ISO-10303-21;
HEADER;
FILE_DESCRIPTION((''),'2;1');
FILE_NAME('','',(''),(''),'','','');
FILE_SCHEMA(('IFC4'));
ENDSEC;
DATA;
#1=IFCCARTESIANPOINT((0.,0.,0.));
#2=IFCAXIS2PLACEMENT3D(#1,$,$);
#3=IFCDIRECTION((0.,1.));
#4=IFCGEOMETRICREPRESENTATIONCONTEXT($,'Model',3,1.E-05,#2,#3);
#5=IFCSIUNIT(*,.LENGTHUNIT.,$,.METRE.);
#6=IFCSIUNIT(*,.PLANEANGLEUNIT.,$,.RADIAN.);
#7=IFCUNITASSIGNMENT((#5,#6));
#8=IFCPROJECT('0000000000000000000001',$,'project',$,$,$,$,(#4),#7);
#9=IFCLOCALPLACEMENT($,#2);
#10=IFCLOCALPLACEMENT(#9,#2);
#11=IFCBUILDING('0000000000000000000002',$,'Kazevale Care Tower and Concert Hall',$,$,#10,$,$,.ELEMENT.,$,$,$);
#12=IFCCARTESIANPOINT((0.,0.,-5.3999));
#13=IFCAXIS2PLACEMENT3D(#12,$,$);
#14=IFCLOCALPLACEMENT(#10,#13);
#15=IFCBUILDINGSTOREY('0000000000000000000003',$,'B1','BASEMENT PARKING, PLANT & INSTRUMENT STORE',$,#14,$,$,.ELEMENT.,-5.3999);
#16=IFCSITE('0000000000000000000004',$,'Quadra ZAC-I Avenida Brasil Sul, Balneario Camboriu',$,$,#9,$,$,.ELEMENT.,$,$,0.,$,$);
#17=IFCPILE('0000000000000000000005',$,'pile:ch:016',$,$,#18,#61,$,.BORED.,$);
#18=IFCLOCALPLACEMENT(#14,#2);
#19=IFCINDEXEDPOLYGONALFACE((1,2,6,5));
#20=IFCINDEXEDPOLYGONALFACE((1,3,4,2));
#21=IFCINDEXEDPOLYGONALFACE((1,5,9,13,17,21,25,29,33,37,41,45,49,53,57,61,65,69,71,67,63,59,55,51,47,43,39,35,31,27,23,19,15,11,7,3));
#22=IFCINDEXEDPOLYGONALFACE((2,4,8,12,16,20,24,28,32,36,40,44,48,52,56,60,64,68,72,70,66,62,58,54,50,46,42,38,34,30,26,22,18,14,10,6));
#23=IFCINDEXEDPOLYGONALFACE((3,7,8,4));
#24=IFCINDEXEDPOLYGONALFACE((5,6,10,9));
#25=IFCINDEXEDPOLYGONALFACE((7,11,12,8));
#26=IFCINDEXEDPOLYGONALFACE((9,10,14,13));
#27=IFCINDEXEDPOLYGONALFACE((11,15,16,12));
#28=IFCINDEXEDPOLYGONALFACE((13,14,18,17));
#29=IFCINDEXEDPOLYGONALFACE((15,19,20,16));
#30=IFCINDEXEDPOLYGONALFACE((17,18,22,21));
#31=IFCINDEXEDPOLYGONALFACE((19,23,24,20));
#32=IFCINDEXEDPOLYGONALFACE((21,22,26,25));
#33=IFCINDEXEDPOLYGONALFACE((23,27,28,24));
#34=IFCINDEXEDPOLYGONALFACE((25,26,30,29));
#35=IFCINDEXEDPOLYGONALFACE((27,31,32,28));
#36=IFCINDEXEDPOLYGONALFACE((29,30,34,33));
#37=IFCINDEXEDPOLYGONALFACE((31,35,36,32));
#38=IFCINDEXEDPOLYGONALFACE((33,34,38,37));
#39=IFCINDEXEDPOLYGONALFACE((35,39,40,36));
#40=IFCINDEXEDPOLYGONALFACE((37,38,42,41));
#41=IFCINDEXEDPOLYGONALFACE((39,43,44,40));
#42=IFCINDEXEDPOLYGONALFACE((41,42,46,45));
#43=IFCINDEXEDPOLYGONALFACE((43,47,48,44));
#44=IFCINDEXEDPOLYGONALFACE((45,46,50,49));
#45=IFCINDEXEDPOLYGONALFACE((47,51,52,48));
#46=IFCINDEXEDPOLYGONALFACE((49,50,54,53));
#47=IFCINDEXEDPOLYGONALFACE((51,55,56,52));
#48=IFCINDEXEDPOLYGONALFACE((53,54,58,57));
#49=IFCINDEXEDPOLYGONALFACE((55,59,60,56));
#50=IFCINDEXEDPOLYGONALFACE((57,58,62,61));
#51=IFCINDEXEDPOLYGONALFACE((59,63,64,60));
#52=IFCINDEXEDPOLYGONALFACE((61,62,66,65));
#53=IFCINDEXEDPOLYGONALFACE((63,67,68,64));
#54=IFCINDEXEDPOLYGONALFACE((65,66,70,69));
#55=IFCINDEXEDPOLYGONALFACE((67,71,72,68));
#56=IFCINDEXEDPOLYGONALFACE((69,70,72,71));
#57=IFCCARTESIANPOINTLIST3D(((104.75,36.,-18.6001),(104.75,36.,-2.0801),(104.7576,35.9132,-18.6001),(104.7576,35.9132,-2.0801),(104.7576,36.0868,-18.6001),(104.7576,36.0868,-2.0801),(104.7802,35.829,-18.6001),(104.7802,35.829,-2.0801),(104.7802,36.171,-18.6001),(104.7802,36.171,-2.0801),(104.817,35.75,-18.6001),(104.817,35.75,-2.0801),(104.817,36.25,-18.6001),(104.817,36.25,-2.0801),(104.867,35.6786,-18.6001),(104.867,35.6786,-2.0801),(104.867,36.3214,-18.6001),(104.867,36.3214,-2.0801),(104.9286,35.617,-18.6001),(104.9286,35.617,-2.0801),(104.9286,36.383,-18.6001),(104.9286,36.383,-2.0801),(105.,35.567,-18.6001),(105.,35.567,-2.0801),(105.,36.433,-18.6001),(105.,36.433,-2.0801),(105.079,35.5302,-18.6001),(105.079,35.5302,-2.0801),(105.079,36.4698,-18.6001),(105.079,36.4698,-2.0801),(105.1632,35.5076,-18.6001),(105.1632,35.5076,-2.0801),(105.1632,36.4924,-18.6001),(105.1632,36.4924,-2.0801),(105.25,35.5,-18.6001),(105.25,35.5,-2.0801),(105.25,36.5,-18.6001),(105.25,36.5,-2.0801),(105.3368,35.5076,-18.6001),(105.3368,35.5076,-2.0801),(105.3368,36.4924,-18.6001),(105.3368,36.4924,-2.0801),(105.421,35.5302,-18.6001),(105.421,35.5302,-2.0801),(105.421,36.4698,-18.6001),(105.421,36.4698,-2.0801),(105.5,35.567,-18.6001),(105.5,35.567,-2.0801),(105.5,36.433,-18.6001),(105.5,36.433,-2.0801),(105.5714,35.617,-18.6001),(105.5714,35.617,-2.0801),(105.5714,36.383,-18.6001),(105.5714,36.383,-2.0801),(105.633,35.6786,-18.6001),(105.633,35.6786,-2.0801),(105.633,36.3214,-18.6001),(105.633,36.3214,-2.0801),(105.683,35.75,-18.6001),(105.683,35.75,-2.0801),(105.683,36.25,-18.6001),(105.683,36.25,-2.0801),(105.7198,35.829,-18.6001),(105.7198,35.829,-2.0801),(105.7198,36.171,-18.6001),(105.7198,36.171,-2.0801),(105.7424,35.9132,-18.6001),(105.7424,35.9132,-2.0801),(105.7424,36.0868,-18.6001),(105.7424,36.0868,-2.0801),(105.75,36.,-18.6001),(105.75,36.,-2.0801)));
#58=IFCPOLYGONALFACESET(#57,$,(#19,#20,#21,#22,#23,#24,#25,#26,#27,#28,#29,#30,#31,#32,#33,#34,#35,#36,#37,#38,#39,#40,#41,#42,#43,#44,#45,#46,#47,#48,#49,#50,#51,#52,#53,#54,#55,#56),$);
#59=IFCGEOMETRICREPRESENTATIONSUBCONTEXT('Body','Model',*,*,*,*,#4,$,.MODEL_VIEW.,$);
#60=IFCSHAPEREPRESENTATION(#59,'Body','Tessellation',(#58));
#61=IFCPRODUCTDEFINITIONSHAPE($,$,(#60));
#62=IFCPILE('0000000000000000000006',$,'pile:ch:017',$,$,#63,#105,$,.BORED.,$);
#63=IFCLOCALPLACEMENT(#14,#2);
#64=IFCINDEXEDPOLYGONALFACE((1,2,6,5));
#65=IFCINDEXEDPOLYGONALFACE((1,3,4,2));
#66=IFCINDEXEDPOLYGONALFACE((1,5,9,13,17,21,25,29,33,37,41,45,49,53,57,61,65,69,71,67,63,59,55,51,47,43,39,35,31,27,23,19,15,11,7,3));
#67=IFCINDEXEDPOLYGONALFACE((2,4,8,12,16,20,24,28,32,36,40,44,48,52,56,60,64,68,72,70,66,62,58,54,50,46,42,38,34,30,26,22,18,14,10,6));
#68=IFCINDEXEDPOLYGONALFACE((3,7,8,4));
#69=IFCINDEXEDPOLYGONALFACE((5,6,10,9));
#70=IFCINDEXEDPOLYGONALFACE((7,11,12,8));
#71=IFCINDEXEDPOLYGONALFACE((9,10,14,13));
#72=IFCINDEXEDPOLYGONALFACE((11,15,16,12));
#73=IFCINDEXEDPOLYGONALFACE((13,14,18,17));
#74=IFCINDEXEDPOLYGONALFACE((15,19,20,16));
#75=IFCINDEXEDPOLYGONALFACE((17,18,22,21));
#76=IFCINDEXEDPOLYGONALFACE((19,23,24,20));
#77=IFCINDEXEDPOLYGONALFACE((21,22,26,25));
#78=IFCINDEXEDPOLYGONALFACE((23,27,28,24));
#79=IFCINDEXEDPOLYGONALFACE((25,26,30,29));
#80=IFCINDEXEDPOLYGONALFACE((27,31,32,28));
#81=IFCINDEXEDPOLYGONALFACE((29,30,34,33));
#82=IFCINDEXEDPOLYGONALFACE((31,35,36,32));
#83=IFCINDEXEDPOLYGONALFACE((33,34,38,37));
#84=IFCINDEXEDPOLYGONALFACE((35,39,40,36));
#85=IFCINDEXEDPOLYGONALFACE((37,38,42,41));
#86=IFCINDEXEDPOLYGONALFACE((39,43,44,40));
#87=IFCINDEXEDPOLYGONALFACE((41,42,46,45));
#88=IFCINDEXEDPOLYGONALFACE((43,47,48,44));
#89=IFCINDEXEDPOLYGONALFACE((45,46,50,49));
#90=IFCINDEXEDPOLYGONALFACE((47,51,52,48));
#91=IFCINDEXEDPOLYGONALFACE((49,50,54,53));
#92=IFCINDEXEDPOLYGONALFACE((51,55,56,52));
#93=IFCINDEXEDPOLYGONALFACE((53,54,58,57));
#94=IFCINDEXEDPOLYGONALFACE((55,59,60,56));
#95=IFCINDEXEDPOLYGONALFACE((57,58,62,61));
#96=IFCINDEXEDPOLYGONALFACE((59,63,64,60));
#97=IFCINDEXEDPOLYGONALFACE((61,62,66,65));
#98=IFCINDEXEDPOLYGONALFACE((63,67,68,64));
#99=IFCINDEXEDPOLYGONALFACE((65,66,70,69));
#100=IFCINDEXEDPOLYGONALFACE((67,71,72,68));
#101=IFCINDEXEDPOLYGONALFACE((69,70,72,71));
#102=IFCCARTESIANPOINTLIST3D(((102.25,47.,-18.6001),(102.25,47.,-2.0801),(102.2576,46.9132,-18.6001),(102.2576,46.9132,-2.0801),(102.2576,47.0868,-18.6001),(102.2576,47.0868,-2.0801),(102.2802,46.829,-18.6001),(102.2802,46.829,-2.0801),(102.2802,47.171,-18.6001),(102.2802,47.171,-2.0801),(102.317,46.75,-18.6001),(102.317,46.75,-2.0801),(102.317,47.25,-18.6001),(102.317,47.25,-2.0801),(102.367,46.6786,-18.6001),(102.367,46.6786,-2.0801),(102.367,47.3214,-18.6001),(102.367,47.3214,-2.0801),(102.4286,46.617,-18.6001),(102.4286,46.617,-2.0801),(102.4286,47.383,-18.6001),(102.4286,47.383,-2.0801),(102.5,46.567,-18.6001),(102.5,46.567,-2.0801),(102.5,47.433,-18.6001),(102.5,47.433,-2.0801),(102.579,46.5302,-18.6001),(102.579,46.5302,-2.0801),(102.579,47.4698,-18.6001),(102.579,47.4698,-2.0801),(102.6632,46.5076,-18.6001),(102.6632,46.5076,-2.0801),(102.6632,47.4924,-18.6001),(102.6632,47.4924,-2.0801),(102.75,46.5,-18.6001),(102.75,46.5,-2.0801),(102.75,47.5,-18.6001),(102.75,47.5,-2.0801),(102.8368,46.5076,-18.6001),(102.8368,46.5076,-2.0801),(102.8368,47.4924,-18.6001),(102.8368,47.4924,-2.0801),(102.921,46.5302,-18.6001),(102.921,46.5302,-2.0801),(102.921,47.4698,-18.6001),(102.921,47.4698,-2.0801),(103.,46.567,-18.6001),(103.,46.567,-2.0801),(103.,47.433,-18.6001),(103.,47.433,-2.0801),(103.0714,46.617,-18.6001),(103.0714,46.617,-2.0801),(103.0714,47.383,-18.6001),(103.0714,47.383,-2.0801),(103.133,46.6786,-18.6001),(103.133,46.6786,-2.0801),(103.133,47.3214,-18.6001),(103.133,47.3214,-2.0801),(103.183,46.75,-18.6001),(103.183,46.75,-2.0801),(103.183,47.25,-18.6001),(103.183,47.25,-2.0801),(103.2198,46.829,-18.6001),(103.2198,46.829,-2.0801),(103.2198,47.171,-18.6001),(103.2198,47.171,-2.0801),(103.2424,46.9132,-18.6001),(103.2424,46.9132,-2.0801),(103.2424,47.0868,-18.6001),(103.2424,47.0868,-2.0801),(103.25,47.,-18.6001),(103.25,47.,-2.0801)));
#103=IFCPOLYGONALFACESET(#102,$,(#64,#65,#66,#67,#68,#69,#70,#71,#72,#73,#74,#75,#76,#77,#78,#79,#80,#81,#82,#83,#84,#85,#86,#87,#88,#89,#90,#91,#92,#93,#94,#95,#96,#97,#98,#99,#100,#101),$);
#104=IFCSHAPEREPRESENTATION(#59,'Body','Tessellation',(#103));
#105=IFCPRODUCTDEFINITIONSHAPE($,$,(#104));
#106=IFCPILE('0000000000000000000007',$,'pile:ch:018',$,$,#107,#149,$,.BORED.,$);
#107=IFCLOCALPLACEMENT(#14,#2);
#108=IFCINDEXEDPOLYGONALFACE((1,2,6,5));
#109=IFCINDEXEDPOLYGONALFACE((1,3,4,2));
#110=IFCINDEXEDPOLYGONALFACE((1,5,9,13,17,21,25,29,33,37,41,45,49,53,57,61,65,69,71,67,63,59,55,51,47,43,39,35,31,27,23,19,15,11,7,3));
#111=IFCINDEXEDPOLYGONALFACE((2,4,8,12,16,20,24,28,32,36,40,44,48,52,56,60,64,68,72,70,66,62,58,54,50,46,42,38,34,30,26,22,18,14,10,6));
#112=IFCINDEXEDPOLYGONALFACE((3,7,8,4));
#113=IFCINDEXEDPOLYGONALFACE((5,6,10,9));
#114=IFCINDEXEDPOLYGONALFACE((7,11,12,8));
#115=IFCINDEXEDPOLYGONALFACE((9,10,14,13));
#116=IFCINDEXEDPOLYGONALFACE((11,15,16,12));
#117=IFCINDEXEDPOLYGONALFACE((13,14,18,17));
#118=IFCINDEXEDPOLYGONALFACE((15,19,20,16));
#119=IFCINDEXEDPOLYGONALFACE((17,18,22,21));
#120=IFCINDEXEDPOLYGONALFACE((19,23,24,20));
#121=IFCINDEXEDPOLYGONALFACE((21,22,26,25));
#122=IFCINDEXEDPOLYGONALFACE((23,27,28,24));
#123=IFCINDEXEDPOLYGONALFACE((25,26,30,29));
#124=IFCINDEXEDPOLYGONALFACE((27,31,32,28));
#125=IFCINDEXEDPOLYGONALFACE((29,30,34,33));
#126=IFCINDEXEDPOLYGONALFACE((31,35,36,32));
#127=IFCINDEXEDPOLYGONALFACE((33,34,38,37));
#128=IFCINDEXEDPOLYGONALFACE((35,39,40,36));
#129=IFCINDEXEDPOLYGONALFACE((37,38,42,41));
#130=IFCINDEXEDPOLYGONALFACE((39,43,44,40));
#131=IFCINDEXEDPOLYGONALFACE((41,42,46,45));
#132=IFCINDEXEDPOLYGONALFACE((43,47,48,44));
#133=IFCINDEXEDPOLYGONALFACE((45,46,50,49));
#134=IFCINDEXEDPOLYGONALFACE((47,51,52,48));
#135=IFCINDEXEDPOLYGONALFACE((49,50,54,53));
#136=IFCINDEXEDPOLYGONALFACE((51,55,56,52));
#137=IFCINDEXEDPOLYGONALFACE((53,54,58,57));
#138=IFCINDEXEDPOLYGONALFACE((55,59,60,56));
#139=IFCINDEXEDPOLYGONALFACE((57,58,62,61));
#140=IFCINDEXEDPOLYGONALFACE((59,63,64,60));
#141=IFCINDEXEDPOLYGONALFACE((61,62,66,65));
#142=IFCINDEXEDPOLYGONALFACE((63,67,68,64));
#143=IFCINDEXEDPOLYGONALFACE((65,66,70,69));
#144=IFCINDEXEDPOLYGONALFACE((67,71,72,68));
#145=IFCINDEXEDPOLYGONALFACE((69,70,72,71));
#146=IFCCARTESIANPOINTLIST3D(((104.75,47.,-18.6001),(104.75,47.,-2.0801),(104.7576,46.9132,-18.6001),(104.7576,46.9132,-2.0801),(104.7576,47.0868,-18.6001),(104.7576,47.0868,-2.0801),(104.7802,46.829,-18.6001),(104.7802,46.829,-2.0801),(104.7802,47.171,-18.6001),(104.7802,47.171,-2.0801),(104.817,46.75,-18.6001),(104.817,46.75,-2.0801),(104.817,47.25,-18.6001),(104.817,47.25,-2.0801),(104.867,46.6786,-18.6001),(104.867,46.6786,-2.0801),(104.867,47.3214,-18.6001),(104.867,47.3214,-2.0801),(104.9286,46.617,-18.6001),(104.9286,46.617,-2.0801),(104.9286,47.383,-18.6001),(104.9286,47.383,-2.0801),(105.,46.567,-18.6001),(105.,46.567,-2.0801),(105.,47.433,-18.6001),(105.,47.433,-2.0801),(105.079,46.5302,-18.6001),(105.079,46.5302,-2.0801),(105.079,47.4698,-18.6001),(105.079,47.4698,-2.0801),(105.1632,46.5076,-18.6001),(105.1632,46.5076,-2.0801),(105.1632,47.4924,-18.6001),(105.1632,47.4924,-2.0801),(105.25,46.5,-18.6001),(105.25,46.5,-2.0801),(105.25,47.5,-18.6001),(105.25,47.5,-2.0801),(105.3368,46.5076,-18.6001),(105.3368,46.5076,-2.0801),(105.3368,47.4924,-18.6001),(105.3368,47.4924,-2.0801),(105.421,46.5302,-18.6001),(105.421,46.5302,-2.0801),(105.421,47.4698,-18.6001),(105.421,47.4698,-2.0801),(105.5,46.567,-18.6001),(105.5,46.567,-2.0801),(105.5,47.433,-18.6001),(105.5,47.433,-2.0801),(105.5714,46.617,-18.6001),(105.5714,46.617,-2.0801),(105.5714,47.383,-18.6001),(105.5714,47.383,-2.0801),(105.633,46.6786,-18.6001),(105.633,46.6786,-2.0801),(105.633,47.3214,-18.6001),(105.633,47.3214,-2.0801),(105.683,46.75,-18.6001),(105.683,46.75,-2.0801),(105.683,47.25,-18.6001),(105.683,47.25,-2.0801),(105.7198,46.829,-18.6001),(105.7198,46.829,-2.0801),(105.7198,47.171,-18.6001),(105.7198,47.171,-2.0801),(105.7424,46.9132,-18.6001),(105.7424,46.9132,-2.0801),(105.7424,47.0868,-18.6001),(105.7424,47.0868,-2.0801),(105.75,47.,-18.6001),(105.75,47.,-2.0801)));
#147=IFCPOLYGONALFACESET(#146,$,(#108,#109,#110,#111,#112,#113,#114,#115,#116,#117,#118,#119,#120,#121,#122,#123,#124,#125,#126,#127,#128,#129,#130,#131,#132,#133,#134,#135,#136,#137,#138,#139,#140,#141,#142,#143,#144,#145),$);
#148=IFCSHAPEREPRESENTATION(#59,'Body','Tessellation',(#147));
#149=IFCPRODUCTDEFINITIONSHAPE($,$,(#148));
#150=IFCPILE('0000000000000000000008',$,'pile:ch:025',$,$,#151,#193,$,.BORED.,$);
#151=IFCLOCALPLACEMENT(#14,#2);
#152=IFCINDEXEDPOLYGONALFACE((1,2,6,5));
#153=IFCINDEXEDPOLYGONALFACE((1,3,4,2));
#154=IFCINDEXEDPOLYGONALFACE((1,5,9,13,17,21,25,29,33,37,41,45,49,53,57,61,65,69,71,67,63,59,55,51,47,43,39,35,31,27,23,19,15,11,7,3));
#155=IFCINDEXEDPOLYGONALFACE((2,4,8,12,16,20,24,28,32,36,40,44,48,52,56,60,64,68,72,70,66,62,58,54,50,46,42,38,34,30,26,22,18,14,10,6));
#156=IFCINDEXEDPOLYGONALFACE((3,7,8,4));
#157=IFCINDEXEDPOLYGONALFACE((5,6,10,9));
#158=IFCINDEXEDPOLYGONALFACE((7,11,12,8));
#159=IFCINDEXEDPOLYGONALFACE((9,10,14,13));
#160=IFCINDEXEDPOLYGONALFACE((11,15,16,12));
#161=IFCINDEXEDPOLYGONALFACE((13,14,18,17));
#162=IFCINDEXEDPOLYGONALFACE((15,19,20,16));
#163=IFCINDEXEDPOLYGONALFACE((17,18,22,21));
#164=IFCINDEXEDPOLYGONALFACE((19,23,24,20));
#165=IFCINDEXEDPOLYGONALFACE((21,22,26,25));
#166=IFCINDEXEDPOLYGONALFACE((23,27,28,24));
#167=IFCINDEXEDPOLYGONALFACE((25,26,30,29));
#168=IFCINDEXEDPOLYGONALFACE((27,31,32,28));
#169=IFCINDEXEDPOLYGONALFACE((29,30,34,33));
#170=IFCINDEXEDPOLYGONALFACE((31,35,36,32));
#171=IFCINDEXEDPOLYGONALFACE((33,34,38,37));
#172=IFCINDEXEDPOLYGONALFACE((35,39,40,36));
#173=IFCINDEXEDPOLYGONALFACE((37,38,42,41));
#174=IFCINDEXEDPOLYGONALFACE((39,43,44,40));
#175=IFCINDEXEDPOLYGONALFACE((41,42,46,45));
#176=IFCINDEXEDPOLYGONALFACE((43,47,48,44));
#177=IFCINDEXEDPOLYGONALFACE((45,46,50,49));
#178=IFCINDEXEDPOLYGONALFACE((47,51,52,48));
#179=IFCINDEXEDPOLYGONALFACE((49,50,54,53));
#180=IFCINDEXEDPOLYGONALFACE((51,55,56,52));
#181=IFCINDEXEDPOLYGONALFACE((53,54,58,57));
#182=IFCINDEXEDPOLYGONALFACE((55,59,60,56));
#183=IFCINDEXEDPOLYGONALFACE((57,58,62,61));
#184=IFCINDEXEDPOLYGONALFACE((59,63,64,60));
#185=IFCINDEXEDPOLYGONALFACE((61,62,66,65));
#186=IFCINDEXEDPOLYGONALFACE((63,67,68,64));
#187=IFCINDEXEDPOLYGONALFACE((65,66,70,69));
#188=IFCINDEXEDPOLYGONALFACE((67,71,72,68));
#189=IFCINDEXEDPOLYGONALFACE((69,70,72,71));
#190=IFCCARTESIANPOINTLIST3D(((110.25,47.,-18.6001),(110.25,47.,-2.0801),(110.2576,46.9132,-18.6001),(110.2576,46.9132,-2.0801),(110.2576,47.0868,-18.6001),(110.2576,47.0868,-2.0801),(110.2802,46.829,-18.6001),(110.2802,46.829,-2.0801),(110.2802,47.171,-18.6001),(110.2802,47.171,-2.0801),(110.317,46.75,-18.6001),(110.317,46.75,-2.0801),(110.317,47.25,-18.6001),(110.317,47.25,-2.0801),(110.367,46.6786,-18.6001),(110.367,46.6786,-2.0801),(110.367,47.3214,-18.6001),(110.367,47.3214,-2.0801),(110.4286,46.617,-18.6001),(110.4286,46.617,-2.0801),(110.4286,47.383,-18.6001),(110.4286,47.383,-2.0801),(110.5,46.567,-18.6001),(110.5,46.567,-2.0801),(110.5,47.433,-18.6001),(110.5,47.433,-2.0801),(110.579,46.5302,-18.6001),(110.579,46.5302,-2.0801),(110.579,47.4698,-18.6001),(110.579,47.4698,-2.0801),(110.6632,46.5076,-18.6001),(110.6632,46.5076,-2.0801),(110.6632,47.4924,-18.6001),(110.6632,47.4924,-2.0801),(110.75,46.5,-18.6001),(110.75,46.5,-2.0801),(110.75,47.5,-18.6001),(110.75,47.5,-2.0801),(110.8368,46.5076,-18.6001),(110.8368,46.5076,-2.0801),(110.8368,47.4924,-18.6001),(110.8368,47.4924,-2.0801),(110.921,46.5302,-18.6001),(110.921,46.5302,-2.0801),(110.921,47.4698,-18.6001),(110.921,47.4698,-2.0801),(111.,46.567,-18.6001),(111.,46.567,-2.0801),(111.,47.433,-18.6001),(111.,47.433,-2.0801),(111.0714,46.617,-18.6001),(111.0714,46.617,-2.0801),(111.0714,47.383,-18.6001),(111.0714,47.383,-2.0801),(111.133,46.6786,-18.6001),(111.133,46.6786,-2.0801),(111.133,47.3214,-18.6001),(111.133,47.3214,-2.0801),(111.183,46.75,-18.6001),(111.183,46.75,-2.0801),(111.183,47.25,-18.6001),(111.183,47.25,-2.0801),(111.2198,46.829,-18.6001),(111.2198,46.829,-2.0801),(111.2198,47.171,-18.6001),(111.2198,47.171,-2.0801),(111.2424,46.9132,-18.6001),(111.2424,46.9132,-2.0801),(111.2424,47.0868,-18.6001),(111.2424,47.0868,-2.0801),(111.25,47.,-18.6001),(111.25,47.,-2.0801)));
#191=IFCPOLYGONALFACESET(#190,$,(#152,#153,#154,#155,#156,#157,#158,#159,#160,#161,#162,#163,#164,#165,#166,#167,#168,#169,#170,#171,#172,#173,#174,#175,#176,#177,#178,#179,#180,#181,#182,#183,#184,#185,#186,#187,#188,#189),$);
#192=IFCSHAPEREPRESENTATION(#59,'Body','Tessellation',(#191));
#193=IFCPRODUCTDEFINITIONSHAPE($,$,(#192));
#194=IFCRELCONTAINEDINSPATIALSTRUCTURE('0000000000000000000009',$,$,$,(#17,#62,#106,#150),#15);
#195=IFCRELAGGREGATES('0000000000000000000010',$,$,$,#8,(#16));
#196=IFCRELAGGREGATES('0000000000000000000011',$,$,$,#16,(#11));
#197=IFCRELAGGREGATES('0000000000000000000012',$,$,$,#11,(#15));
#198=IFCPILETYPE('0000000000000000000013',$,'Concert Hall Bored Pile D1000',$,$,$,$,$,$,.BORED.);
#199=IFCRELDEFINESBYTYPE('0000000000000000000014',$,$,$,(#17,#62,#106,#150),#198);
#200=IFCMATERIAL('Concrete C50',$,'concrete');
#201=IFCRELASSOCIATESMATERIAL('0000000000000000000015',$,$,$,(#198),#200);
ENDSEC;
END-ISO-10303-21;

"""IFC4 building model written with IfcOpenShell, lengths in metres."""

from ifc_helpers import new_model, si_unit, direction, frame, origin, origin_2d, place, context, subcontext, project, spatial, circle, extrude, material, material_profile, profile_set, type_object, element, save


model = new_model("IFC4")

# Units and contexts
model_context = context("Model", 3, precision=1e-05, world=origin(), true_north=direction((0.0, 1.0)))
body_context = subcontext(model_context, "Body", "Model", "MODEL_VIEW")
ifc_project = project(units=[si_unit("LENGTHUNIT", "METRE"), si_unit("PLANEANGLEUNIT", "RADIAN")], contexts=[model_context])

# Site, building, storey
site_placement = place(None, origin())
site = spatial("IfcSite", under=ifc_project, at=site_placement, Name="Quadra ZAC-I Avenida Brasil Sul, Balneario Camboriu", CompositionType="ELEMENT", RefElevation=0.0)
building_placement = place(site_placement, origin())
building = spatial("IfcBuilding", under=site, at=building_placement, Name="Kazevale Care Tower and Concert Hall", CompositionType="ELEMENT")
storey_placement = place(building_placement, frame((0.0, 0.0, -5.3999)))
storey = spatial("IfcBuildingStorey", under=building, at=storey_placement, Name="B1", Description="BASEMENT PARKING, PLANT & INSTRUMENT STORE", CompositionType="ELEMENT", Elevation=-5.3999)

# Piles
ifc_material_1 = material(Name="Concrete C50", Category="concrete")
ifc_material_profile_1 = material_profile(ifc_material_1, circle(Radius=0.5, at=origin_2d()), Name="PILE-D1000")
ifc_profile_set_1 = profile_set([ifc_material_profile_1], Name="Concrete C50")
pile_type = type_object("IfcPileType", Name="Concert Hall Bored Pile D1000", PredefinedType="BORED", material=ifc_profile_set_1)
for number, where, z_axis, x_axis, name in (
    (1, (105.25, 36.0, -2.0801), (0.0, 0.0, -1.0), (1.0, 0.0, 0.0), "pile:ch:016"),
    (2, (102.75, 47.0, -2.0801), (0.0, 0.0, -1.0), (1.0, 0.0, 0.0), "pile:ch:017"),
    (3, (105.25, 47.0, -2.0801), (0.0, 0.0, -1.0), (1.0, 0.0, 0.0), "pile:ch:018"),
    (4, (110.75, 47.0, -2.0801), (0.0, 0.0, -1.0), (1.0, 0.0, 0.0), "pile:ch:025"),
):
    element("IfcPile", number, at=place(storey_placement, frame(where, z_axis=z_axis, x_axis=x_axis)), inside=storey, type_object=pile_type, Name=name, PredefinedType="BORED", context=body_context, shape_type="SweptSolid", body=[
        extrude(circle(Radius=0.5, at=origin_2d()), origin(), (0.0, 0.0, 1.0), 16.52),
    ])

save(model, "model.ifc")
